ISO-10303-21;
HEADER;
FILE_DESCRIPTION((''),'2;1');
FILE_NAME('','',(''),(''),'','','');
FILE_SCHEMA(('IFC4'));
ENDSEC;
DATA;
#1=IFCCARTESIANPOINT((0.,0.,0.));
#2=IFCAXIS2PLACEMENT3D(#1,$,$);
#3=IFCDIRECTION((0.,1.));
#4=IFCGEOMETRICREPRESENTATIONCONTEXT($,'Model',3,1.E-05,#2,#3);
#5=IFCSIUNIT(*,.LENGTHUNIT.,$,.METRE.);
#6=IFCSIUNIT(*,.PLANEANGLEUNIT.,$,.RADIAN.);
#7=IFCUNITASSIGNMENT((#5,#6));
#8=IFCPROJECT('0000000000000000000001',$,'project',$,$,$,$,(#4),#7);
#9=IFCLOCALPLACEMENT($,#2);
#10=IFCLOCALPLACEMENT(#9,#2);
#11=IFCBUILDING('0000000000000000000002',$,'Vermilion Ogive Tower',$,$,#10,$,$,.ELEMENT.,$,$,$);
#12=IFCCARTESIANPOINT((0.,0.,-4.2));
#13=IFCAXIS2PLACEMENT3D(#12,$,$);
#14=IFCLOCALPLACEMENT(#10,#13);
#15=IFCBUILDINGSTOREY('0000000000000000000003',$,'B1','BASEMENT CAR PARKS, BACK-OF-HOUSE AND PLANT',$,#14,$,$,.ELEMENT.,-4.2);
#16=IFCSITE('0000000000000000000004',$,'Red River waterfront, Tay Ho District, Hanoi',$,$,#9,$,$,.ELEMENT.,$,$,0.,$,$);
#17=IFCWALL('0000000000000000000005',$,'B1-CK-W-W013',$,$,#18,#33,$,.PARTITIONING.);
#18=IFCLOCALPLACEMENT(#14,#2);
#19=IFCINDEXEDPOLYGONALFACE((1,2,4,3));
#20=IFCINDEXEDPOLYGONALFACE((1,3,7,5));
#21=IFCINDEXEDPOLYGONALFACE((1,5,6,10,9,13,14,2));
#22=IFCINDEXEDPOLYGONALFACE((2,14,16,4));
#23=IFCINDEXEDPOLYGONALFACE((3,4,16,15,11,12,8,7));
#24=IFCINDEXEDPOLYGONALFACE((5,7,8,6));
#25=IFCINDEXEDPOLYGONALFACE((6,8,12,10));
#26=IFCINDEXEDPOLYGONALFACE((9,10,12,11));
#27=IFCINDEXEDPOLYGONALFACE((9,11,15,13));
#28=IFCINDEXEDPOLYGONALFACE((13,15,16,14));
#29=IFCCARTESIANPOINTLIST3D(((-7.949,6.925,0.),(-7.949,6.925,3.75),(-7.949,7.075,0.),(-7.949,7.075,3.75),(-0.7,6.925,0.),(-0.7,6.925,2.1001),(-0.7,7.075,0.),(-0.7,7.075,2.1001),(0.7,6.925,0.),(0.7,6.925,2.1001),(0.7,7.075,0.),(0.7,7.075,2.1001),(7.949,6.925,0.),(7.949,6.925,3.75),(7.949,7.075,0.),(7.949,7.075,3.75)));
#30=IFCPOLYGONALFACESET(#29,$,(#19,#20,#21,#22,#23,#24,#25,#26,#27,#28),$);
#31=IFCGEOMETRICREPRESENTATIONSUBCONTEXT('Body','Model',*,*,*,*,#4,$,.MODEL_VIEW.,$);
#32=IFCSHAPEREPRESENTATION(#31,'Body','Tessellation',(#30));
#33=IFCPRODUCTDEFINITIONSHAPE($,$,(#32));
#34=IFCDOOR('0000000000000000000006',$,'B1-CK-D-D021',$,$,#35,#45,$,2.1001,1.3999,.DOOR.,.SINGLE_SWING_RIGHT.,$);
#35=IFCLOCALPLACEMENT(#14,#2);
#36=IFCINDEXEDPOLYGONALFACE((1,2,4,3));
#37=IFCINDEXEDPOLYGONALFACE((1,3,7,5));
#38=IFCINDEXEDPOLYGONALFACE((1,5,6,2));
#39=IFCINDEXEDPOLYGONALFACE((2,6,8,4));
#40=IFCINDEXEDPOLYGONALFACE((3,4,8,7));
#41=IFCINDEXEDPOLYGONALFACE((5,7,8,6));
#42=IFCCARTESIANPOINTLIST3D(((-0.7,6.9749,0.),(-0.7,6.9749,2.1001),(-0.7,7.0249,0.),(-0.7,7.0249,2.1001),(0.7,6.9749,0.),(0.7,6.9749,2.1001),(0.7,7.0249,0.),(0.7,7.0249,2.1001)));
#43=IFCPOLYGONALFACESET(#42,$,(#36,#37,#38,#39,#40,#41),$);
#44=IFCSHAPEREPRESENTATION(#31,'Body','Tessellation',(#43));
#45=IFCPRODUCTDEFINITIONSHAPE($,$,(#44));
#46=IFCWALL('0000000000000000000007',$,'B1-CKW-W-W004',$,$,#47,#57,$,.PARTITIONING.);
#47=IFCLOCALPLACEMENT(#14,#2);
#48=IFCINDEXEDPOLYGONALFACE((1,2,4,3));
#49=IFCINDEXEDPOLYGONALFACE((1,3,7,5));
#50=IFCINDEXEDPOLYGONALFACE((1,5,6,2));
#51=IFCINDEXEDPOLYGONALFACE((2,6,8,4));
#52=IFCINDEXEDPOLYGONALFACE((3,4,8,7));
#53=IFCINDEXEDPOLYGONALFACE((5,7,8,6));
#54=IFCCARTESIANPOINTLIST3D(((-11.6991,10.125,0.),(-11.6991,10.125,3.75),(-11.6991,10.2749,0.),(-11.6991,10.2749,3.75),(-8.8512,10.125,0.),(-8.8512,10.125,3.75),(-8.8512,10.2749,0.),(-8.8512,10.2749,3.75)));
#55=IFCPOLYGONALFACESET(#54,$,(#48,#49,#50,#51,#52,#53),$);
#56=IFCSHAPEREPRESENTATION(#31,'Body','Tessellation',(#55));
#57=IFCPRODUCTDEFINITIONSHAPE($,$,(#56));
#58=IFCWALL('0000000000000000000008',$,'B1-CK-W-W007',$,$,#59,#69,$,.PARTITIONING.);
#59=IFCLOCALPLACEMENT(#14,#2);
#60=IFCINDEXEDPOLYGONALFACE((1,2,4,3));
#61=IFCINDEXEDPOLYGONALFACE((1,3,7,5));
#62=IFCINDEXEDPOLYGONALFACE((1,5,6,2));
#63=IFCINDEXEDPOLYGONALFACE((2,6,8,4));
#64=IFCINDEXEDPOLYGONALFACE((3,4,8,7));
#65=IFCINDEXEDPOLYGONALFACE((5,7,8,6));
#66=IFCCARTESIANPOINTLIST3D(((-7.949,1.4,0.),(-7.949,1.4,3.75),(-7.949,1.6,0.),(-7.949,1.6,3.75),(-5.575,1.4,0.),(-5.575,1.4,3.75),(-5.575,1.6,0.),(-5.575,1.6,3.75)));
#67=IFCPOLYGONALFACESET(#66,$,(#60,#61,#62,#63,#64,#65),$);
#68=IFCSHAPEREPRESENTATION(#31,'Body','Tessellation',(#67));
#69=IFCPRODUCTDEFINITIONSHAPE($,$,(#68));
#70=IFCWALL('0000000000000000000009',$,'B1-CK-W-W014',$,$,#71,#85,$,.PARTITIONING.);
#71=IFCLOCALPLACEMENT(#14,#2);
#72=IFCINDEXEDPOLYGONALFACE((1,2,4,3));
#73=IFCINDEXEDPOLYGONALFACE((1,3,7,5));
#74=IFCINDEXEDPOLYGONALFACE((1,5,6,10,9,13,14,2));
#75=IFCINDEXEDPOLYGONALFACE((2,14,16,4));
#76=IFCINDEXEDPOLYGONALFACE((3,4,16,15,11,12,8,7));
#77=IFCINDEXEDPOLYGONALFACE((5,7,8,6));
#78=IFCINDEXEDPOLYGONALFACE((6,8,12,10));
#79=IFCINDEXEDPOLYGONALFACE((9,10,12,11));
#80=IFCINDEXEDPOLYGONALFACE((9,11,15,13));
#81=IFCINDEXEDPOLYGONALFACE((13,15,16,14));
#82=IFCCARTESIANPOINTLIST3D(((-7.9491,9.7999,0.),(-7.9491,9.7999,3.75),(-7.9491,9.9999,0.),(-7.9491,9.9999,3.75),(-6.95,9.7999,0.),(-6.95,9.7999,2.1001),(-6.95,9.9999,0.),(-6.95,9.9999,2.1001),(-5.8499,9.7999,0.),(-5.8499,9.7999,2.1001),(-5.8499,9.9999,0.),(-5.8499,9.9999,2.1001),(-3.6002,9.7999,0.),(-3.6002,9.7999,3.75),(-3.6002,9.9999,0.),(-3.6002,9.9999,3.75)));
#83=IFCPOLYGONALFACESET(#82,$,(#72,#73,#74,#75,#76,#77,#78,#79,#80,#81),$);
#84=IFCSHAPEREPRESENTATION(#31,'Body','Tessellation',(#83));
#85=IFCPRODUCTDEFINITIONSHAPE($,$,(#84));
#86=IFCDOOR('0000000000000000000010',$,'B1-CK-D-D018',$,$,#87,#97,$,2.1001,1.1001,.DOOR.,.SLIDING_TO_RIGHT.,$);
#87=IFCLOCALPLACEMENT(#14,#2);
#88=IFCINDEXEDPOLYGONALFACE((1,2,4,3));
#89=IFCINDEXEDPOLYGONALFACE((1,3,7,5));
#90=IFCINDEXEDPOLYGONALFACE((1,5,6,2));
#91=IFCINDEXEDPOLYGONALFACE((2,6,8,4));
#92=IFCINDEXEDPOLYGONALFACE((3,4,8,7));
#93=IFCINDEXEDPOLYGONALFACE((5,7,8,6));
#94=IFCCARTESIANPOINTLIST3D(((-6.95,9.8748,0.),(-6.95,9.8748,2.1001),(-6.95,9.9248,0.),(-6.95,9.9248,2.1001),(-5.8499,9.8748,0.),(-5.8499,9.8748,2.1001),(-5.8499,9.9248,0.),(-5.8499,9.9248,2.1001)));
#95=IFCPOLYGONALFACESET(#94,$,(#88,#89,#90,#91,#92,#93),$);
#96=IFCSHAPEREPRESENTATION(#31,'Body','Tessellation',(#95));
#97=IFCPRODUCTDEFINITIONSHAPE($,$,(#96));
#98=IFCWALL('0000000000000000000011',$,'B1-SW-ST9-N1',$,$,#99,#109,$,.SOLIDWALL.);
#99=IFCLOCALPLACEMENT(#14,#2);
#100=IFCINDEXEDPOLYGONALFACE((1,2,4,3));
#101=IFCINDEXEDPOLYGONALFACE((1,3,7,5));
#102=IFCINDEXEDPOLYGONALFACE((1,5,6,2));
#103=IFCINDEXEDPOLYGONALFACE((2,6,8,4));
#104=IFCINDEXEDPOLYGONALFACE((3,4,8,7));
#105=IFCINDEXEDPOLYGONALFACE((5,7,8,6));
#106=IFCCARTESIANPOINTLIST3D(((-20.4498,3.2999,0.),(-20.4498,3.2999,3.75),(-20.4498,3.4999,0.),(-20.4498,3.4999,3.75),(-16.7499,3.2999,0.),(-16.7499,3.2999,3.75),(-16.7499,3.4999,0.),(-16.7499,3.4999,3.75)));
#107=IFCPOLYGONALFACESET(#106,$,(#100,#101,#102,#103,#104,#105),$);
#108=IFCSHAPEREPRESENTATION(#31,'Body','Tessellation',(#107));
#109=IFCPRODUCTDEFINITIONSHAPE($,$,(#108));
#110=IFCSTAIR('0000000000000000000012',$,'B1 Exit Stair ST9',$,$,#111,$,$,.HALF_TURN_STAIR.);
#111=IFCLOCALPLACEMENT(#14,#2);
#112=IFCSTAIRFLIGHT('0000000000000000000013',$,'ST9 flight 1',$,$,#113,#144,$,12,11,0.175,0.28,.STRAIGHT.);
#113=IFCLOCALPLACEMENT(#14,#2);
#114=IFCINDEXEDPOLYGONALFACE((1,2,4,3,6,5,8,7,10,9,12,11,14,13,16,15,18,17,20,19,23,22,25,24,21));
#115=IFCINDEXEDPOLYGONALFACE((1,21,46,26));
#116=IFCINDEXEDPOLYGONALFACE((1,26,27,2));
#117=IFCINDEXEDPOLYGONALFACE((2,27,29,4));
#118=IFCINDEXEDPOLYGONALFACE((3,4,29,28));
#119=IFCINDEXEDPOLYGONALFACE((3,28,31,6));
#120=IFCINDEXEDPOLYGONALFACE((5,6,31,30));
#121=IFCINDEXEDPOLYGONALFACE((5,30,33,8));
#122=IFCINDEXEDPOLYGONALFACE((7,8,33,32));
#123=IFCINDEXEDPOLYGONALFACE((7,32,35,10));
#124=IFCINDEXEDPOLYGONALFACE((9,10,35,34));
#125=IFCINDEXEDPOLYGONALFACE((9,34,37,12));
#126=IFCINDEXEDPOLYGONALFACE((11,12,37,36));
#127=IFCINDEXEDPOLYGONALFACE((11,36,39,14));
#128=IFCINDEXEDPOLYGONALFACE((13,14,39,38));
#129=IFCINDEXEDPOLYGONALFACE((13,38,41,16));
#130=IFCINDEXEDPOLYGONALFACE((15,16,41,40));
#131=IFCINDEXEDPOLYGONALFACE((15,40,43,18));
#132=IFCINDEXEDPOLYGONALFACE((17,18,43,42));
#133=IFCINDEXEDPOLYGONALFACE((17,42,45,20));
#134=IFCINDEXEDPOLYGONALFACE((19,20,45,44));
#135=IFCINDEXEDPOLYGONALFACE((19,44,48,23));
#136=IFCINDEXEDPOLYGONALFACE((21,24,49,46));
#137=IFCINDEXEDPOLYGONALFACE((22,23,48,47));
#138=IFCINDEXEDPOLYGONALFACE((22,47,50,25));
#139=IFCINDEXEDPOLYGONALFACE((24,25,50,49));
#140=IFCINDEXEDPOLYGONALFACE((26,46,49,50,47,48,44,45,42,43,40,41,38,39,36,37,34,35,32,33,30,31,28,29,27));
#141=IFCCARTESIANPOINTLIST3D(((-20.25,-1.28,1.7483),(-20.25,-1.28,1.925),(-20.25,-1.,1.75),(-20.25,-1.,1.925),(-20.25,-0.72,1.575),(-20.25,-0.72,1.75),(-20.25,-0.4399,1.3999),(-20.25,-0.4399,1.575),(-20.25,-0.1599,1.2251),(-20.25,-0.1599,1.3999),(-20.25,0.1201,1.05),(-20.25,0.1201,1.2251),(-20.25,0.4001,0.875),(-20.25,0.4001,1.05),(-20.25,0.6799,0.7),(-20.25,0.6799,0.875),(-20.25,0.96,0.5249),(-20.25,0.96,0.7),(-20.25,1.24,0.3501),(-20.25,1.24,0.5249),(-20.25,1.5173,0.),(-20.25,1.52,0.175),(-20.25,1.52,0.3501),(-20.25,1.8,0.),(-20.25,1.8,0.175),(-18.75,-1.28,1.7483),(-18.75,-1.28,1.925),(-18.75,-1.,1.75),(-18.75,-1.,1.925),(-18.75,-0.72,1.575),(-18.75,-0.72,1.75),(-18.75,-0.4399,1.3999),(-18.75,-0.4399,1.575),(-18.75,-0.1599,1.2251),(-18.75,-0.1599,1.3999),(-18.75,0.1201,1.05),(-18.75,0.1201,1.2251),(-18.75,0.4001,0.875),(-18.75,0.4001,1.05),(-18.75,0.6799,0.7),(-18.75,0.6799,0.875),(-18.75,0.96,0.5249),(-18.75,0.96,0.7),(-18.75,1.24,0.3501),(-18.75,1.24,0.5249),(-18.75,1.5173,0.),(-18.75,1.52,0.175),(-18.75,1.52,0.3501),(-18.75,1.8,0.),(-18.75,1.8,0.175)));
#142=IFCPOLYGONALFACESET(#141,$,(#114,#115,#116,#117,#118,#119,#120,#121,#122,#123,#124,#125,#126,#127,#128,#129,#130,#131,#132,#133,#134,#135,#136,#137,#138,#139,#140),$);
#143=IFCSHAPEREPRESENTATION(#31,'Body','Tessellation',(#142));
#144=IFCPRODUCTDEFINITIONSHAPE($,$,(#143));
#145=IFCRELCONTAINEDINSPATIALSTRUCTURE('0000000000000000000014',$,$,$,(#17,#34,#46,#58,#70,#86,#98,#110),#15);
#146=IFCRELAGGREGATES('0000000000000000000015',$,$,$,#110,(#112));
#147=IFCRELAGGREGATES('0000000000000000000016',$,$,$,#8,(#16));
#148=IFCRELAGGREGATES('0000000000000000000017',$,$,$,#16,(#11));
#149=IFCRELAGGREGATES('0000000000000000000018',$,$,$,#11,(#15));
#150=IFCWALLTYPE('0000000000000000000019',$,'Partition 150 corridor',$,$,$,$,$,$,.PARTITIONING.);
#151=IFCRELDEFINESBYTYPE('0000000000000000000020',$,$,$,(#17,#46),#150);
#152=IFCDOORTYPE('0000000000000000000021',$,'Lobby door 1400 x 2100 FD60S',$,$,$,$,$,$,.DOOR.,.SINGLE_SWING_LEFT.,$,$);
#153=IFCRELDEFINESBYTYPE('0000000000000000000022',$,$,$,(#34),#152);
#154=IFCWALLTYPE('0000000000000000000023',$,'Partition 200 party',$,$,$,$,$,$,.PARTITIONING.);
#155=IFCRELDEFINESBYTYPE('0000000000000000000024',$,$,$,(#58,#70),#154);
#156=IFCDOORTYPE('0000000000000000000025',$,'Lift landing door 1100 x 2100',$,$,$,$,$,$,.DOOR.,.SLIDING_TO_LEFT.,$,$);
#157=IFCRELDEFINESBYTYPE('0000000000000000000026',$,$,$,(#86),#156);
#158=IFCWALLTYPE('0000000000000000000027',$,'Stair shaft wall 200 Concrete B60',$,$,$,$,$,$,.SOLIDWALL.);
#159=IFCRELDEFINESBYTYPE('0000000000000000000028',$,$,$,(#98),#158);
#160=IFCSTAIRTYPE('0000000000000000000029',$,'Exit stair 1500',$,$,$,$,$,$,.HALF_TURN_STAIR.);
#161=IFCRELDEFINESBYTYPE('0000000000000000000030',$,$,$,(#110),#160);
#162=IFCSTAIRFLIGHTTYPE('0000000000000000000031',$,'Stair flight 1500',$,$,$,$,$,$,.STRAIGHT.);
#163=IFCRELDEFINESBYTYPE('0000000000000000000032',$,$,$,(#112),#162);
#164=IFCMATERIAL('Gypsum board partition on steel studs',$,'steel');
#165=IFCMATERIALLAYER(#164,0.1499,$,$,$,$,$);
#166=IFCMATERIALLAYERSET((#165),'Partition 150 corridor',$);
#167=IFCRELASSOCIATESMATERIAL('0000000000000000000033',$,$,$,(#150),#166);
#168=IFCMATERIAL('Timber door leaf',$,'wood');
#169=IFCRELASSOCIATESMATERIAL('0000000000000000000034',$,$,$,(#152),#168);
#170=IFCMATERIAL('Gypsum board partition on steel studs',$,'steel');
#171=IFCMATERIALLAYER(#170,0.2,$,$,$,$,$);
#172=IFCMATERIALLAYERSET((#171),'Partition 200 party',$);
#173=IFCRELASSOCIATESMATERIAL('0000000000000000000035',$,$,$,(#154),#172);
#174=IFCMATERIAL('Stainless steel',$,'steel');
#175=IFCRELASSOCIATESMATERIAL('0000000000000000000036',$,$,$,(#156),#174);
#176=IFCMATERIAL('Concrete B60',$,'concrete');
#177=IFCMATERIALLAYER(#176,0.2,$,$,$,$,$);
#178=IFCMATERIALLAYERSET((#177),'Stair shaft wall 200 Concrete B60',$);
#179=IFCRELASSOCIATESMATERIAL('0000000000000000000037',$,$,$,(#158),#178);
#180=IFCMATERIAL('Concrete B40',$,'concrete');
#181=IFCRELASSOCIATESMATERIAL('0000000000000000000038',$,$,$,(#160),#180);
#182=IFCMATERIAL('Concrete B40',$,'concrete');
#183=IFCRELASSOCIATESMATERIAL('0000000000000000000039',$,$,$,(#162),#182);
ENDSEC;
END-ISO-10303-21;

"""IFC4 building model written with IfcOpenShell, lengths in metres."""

from ifc_helpers import new_model, si_unit, direction, frame, frame_2d, origin, place, context, subcontext, project, spatial, polyline, rectangle, outline, extrude, material, layer, layer_set, type_object, element, fill, aggregate, save


model = new_model("IFC4")

# Units and contexts
model_context = context("Model", 3, precision=1e-05, world=origin(), true_north=direction((0.0, 1.0)))
body_context = subcontext(model_context, "Body", "Model", "MODEL_VIEW")
ifc_project = project(units=[si_unit("LENGTHUNIT", "METRE"), si_unit("PLANEANGLEUNIT", "RADIAN")], contexts=[model_context])

# Site, building, storey
site_placement = place(None, origin())
site = spatial("IfcSite", under=ifc_project, at=site_placement, Name="Red River waterfront, Tay Ho District, Hanoi", CompositionType="ELEMENT", RefElevation=0.0)
building_placement = place(site_placement, origin())
building = spatial("IfcBuilding", under=site, at=building_placement, Name="Vermilion Ogive Tower", CompositionType="ELEMENT")
storey_placement = place(building_placement, frame((0.0, 0.0, -4.2)))
storey = spatial("IfcBuildingStorey", under=building, at=storey_placement, Name="B1", Description="BASEMENT CAR PARKS, BACK-OF-HOUSE AND PLANT", CompositionType="ELEMENT", Elevation=-4.2)

# Shared definitions
ifc_material_1 = material(Name="Gypsum board partition on steel studs", Category="steel")
ifc_layer_1 = layer(ifc_material_1, 0.1499)
ifc_layer_set_1 = layer_set([ifc_layer_1], Name="Partition 150 corridor")
wall_type_1 = type_object("IfcWallType", Name="Partition 150 corridor", PredefinedType="PARTITIONING", material=ifc_layer_set_1)

# Wall, opening, door
wall_1_placement = place(storey_placement, frame((-7.949, 7.0, 0.0), z_axis=(0.0, 0.0, 1.0), x_axis=(1.0, 0.0, 0.0)))
wall_1 = element("IfcWall", 1, at=wall_1_placement, inside=storey, type_object=wall_type_1, Name="B1-CK-W-W013", PredefinedType="PARTITIONING", context=body_context, shape_type="SweptSolid", body=[
    extrude(rectangle(XDim=15.8979, YDim=0.1499, at=frame_2d((7.949, 0.0))), origin(), (0.0, 0.0, 1.0), 3.75),
])
opening_1_placement = place(wall_1_placement, frame((7.249, 0.0, 0.0)))
opening_1 = element("IfcOpeningElement", 2, at=opening_1_placement, cuts=wall_1, PredefinedType="OPENING", context=body_context, shape_type="SweptSolid", body=[
    extrude(rectangle(XDim=1.3999, YDim=2.1001, at=frame_2d((0.7, 1.05))), frame((0.0, 0.085, 0.0), z_axis=(0.0, -1.0, 0.0), x_axis=(1.0, 0.0, 0.0)), (0.0, 0.0, 1.0), 0.1699),
])
ifc_material_2 = material(Name="Timber door leaf", Category="wood")
door_type_1 = type_object("IfcDoorType", Name="Lobby door 1400 x 2100 FD60S", OperationType="SINGLE_SWING_LEFT", PredefinedType="DOOR", material=ifc_material_2)
door_1_placement = place(opening_1_placement, origin())
door_1 = element("IfcDoor", 3, at=door_1_placement, inside=storey, type_object=door_type_1, Name="B1-CK-D-D021", OperationType="SINGLE_SWING_RIGHT", OverallHeight=2.1001, OverallWidth=1.3999, PredefinedType="DOOR", context=body_context, shape_type="SweptSolid", body=[
    extrude(rectangle(XDim=1.3999, YDim=2.1001, at=frame_2d((0.7, 1.05))), frame((0.0, 0.0249, 0.0), z_axis=(0.0, -1.0, 0.0), x_axis=(1.0, 0.0, 0.0)), (0.0, 0.0, 1.0), 0.05),
])
fill(opening_1, door_1)

# Walls
wall_2_placement = place(storey_placement, frame((-11.699, 10.2, 0.0), z_axis=(0.0, 0.0, 1.0), x_axis=(1.0, 0.0, 0.0)))
element("IfcWall", 4, at=wall_2_placement, inside=storey, type_object=wall_type_1, Name="B1-CKW-W-W004", PredefinedType="PARTITIONING", context=body_context, shape_type="SweptSolid", body=[
    extrude(rectangle(XDim=2.8479, YDim=0.1499, at=frame_2d((1.4238, 0.0))), origin(), (0.0, 0.0, 1.0), 3.75),
])
ifc_material_3 = material(Name="Gypsum board partition on steel studs", Category="steel")
ifc_layer_2 = layer(ifc_material_3, 0.2)
ifc_layer_set_2 = layer_set([ifc_layer_2], Name="Partition 200 party")
wall_type_2 = type_object("IfcWallType", Name="Partition 200 party", PredefinedType="PARTITIONING", material=ifc_layer_set_2)
wall_3_placement = place(storey_placement, frame((-7.949, 1.5, 0.0), z_axis=(0.0, 0.0, 1.0), x_axis=(1.0, 0.0, 0.0)))
element("IfcWall", 5, at=wall_3_placement, inside=storey, type_object=wall_type_2, Name="B1-CK-W-W007", PredefinedType="PARTITIONING", context=body_context, shape_type="SweptSolid", body=[
    extrude(rectangle(XDim=2.374, YDim=0.2, at=frame_2d((1.187, 0.0))), origin(), (0.0, 0.0, 1.0), 3.75),
])

# Wall, opening, door
wall_4_placement = place(storey_placement, frame((-7.949, 9.8999, 0.0), z_axis=(0.0, 0.0, 1.0), x_axis=(1.0, 0.0, 0.0)))
wall_4 = element("IfcWall", 6, at=wall_4_placement, inside=storey, type_object=wall_type_2, Name="B1-CK-W-W014", PredefinedType="PARTITIONING", context=body_context, shape_type="SweptSolid", body=[
    extrude(rectangle(XDim=4.3489, YDim=0.2, at=frame_2d((2.1743, 0.0))), origin(), (0.0, 0.0, 1.0), 3.75),
])
opening_2_placement = place(wall_4_placement, frame((0.999, 0.0, 0.0)))
opening_2 = element("IfcOpeningElement", 7, at=opening_2_placement, cuts=wall_4, PredefinedType="OPENING", context=body_context, shape_type="SweptSolid", body=[
    extrude(rectangle(XDim=1.1001, YDim=2.1001, at=frame_2d((0.55, 1.05))), frame((0.0, 0.1099, 0.0), z_axis=(0.0, -1.0, 0.0), x_axis=(1.0, 0.0, 0.0)), (0.0, 0.0, 1.0), 0.22),
])
ifc_material_4 = material(Name="Stainless steel", Category="steel")
door_type_2 = type_object("IfcDoorType", Name="Lift landing door 1100 x 2100", OperationType="SLIDING_TO_LEFT", PredefinedType="DOOR", material=ifc_material_4)
door_2_placement = place(opening_2_placement, origin())
door_2 = element("IfcDoor", 8, at=door_2_placement, inside=storey, type_object=door_type_2, Name="B1-CK-D-D018", OperationType="SLIDING_TO_RIGHT", OverallHeight=2.1001, OverallWidth=1.1001, PredefinedType="DOOR", context=body_context, shape_type="SweptSolid", body=[
    extrude(rectangle(XDim=1.1001, YDim=2.1001, at=frame_2d((0.55, 1.05))), frame((0.0, 0.0249, 0.0), z_axis=(0.0, -1.0, 0.0), x_axis=(1.0, 0.0, 0.0)), (0.0, 0.0, 1.0), 0.05),
])
fill(opening_2, door_2)

# Wall
ifc_material_5 = material(Name="Concrete B60", Category="concrete")
ifc_layer_3 = layer(ifc_material_5, 0.2)
ifc_layer_set_3 = layer_set([ifc_layer_3], Name="Stair shaft wall 200 Concrete B60")
wall_type_3 = type_object("IfcWallType", Name="Stair shaft wall 200 Concrete B60", PredefinedType="SOLIDWALL", material=ifc_layer_set_3)
wall_5_placement = place(storey_placement, frame((-20.45, 3.3999, 0.0), z_axis=(0.0, 0.0, 1.0), x_axis=(1.0, 0.0, 0.0)))
element("IfcWall", 9, at=wall_5_placement, inside=storey, type_object=wall_type_3, Name="B1-SW-ST9-N1", PredefinedType="SOLIDWALL", context=body_context, shape_type="SweptSolid", body=[
    extrude(rectangle(XDim=3.7, YDim=0.2, at=frame_2d((1.8501, 0.0))), origin(), (0.0, 0.0, 1.0), 3.75),
])

# Stair, stair flight
ifc_material_6 = material(Name="Concrete B40", Category="concrete")
stair_type = type_object("IfcStairType", Name="Exit stair 1500", PredefinedType="HALF_TURN_STAIR", material=ifc_material_6)
stair_placement = place(storey_placement, origin())
stair = element("IfcStair", 10, at=stair_placement, inside=storey, type_object=stair_type, Name="B1 Exit Stair ST9", PredefinedType="HALF_TURN_STAIR")
ifc_material_7 = material(Name="Concrete B40", Category="concrete")
stair_flight_type = type_object("IfcStairFlightType", Name="Stair flight 1500", PredefinedType="STRAIGHT", material=ifc_material_7)
stair_flight_placement = place(storey_placement, frame((-19.5, 1.8, 0.0), z_axis=(0.0, 0.0, 1.0), x_axis=(0.0, -1.0, 0.0)))
stair_flight = element("IfcStairFlight", 11, at=stair_flight_placement, type_object=stair_flight_type, Name="ST9 flight 1", NumberOfRisers=12, NumberOfTreads=11, PredefinedType="STRAIGHT", RiserHeight=0.175, TreadLength=0.28, context=body_context, shape_type="SweptSolid", body=[
    extrude(outline(polyline([(0.0, 0.0), (0.0, 0.175), (0.28, 0.175), (0.28, 0.3501), (0.5601, 0.3501), (0.5601, 0.5249), (0.8401, 0.5249), (0.8401, 0.7), (1.1201, 0.7), (1.1201, 0.875), (1.3999, 0.875), (1.3999, 1.05), (1.6799, 1.05), (1.6799, 1.2251), (1.96, 1.2251), (1.96, 1.3999), (2.24, 1.3999), (2.24, 1.575), (2.52, 1.575), (2.52, 1.75), (2.8, 1.75), (2.8, 1.925), (3.0801, 1.925), (3.0801, 2.1001), (3.0801, 1.7483), (0.2827, 0.0), (0.0, 0.0)])), frame((0.0, 0.75, 0.0), z_axis=(0.0, -1.0, 0.0), x_axis=(1.0, 0.0, 0.0)), (0.0, 0.0, 1.0), 1.5),
])
aggregate(stair, [stair_flight])

save(model, "model.ifc")
